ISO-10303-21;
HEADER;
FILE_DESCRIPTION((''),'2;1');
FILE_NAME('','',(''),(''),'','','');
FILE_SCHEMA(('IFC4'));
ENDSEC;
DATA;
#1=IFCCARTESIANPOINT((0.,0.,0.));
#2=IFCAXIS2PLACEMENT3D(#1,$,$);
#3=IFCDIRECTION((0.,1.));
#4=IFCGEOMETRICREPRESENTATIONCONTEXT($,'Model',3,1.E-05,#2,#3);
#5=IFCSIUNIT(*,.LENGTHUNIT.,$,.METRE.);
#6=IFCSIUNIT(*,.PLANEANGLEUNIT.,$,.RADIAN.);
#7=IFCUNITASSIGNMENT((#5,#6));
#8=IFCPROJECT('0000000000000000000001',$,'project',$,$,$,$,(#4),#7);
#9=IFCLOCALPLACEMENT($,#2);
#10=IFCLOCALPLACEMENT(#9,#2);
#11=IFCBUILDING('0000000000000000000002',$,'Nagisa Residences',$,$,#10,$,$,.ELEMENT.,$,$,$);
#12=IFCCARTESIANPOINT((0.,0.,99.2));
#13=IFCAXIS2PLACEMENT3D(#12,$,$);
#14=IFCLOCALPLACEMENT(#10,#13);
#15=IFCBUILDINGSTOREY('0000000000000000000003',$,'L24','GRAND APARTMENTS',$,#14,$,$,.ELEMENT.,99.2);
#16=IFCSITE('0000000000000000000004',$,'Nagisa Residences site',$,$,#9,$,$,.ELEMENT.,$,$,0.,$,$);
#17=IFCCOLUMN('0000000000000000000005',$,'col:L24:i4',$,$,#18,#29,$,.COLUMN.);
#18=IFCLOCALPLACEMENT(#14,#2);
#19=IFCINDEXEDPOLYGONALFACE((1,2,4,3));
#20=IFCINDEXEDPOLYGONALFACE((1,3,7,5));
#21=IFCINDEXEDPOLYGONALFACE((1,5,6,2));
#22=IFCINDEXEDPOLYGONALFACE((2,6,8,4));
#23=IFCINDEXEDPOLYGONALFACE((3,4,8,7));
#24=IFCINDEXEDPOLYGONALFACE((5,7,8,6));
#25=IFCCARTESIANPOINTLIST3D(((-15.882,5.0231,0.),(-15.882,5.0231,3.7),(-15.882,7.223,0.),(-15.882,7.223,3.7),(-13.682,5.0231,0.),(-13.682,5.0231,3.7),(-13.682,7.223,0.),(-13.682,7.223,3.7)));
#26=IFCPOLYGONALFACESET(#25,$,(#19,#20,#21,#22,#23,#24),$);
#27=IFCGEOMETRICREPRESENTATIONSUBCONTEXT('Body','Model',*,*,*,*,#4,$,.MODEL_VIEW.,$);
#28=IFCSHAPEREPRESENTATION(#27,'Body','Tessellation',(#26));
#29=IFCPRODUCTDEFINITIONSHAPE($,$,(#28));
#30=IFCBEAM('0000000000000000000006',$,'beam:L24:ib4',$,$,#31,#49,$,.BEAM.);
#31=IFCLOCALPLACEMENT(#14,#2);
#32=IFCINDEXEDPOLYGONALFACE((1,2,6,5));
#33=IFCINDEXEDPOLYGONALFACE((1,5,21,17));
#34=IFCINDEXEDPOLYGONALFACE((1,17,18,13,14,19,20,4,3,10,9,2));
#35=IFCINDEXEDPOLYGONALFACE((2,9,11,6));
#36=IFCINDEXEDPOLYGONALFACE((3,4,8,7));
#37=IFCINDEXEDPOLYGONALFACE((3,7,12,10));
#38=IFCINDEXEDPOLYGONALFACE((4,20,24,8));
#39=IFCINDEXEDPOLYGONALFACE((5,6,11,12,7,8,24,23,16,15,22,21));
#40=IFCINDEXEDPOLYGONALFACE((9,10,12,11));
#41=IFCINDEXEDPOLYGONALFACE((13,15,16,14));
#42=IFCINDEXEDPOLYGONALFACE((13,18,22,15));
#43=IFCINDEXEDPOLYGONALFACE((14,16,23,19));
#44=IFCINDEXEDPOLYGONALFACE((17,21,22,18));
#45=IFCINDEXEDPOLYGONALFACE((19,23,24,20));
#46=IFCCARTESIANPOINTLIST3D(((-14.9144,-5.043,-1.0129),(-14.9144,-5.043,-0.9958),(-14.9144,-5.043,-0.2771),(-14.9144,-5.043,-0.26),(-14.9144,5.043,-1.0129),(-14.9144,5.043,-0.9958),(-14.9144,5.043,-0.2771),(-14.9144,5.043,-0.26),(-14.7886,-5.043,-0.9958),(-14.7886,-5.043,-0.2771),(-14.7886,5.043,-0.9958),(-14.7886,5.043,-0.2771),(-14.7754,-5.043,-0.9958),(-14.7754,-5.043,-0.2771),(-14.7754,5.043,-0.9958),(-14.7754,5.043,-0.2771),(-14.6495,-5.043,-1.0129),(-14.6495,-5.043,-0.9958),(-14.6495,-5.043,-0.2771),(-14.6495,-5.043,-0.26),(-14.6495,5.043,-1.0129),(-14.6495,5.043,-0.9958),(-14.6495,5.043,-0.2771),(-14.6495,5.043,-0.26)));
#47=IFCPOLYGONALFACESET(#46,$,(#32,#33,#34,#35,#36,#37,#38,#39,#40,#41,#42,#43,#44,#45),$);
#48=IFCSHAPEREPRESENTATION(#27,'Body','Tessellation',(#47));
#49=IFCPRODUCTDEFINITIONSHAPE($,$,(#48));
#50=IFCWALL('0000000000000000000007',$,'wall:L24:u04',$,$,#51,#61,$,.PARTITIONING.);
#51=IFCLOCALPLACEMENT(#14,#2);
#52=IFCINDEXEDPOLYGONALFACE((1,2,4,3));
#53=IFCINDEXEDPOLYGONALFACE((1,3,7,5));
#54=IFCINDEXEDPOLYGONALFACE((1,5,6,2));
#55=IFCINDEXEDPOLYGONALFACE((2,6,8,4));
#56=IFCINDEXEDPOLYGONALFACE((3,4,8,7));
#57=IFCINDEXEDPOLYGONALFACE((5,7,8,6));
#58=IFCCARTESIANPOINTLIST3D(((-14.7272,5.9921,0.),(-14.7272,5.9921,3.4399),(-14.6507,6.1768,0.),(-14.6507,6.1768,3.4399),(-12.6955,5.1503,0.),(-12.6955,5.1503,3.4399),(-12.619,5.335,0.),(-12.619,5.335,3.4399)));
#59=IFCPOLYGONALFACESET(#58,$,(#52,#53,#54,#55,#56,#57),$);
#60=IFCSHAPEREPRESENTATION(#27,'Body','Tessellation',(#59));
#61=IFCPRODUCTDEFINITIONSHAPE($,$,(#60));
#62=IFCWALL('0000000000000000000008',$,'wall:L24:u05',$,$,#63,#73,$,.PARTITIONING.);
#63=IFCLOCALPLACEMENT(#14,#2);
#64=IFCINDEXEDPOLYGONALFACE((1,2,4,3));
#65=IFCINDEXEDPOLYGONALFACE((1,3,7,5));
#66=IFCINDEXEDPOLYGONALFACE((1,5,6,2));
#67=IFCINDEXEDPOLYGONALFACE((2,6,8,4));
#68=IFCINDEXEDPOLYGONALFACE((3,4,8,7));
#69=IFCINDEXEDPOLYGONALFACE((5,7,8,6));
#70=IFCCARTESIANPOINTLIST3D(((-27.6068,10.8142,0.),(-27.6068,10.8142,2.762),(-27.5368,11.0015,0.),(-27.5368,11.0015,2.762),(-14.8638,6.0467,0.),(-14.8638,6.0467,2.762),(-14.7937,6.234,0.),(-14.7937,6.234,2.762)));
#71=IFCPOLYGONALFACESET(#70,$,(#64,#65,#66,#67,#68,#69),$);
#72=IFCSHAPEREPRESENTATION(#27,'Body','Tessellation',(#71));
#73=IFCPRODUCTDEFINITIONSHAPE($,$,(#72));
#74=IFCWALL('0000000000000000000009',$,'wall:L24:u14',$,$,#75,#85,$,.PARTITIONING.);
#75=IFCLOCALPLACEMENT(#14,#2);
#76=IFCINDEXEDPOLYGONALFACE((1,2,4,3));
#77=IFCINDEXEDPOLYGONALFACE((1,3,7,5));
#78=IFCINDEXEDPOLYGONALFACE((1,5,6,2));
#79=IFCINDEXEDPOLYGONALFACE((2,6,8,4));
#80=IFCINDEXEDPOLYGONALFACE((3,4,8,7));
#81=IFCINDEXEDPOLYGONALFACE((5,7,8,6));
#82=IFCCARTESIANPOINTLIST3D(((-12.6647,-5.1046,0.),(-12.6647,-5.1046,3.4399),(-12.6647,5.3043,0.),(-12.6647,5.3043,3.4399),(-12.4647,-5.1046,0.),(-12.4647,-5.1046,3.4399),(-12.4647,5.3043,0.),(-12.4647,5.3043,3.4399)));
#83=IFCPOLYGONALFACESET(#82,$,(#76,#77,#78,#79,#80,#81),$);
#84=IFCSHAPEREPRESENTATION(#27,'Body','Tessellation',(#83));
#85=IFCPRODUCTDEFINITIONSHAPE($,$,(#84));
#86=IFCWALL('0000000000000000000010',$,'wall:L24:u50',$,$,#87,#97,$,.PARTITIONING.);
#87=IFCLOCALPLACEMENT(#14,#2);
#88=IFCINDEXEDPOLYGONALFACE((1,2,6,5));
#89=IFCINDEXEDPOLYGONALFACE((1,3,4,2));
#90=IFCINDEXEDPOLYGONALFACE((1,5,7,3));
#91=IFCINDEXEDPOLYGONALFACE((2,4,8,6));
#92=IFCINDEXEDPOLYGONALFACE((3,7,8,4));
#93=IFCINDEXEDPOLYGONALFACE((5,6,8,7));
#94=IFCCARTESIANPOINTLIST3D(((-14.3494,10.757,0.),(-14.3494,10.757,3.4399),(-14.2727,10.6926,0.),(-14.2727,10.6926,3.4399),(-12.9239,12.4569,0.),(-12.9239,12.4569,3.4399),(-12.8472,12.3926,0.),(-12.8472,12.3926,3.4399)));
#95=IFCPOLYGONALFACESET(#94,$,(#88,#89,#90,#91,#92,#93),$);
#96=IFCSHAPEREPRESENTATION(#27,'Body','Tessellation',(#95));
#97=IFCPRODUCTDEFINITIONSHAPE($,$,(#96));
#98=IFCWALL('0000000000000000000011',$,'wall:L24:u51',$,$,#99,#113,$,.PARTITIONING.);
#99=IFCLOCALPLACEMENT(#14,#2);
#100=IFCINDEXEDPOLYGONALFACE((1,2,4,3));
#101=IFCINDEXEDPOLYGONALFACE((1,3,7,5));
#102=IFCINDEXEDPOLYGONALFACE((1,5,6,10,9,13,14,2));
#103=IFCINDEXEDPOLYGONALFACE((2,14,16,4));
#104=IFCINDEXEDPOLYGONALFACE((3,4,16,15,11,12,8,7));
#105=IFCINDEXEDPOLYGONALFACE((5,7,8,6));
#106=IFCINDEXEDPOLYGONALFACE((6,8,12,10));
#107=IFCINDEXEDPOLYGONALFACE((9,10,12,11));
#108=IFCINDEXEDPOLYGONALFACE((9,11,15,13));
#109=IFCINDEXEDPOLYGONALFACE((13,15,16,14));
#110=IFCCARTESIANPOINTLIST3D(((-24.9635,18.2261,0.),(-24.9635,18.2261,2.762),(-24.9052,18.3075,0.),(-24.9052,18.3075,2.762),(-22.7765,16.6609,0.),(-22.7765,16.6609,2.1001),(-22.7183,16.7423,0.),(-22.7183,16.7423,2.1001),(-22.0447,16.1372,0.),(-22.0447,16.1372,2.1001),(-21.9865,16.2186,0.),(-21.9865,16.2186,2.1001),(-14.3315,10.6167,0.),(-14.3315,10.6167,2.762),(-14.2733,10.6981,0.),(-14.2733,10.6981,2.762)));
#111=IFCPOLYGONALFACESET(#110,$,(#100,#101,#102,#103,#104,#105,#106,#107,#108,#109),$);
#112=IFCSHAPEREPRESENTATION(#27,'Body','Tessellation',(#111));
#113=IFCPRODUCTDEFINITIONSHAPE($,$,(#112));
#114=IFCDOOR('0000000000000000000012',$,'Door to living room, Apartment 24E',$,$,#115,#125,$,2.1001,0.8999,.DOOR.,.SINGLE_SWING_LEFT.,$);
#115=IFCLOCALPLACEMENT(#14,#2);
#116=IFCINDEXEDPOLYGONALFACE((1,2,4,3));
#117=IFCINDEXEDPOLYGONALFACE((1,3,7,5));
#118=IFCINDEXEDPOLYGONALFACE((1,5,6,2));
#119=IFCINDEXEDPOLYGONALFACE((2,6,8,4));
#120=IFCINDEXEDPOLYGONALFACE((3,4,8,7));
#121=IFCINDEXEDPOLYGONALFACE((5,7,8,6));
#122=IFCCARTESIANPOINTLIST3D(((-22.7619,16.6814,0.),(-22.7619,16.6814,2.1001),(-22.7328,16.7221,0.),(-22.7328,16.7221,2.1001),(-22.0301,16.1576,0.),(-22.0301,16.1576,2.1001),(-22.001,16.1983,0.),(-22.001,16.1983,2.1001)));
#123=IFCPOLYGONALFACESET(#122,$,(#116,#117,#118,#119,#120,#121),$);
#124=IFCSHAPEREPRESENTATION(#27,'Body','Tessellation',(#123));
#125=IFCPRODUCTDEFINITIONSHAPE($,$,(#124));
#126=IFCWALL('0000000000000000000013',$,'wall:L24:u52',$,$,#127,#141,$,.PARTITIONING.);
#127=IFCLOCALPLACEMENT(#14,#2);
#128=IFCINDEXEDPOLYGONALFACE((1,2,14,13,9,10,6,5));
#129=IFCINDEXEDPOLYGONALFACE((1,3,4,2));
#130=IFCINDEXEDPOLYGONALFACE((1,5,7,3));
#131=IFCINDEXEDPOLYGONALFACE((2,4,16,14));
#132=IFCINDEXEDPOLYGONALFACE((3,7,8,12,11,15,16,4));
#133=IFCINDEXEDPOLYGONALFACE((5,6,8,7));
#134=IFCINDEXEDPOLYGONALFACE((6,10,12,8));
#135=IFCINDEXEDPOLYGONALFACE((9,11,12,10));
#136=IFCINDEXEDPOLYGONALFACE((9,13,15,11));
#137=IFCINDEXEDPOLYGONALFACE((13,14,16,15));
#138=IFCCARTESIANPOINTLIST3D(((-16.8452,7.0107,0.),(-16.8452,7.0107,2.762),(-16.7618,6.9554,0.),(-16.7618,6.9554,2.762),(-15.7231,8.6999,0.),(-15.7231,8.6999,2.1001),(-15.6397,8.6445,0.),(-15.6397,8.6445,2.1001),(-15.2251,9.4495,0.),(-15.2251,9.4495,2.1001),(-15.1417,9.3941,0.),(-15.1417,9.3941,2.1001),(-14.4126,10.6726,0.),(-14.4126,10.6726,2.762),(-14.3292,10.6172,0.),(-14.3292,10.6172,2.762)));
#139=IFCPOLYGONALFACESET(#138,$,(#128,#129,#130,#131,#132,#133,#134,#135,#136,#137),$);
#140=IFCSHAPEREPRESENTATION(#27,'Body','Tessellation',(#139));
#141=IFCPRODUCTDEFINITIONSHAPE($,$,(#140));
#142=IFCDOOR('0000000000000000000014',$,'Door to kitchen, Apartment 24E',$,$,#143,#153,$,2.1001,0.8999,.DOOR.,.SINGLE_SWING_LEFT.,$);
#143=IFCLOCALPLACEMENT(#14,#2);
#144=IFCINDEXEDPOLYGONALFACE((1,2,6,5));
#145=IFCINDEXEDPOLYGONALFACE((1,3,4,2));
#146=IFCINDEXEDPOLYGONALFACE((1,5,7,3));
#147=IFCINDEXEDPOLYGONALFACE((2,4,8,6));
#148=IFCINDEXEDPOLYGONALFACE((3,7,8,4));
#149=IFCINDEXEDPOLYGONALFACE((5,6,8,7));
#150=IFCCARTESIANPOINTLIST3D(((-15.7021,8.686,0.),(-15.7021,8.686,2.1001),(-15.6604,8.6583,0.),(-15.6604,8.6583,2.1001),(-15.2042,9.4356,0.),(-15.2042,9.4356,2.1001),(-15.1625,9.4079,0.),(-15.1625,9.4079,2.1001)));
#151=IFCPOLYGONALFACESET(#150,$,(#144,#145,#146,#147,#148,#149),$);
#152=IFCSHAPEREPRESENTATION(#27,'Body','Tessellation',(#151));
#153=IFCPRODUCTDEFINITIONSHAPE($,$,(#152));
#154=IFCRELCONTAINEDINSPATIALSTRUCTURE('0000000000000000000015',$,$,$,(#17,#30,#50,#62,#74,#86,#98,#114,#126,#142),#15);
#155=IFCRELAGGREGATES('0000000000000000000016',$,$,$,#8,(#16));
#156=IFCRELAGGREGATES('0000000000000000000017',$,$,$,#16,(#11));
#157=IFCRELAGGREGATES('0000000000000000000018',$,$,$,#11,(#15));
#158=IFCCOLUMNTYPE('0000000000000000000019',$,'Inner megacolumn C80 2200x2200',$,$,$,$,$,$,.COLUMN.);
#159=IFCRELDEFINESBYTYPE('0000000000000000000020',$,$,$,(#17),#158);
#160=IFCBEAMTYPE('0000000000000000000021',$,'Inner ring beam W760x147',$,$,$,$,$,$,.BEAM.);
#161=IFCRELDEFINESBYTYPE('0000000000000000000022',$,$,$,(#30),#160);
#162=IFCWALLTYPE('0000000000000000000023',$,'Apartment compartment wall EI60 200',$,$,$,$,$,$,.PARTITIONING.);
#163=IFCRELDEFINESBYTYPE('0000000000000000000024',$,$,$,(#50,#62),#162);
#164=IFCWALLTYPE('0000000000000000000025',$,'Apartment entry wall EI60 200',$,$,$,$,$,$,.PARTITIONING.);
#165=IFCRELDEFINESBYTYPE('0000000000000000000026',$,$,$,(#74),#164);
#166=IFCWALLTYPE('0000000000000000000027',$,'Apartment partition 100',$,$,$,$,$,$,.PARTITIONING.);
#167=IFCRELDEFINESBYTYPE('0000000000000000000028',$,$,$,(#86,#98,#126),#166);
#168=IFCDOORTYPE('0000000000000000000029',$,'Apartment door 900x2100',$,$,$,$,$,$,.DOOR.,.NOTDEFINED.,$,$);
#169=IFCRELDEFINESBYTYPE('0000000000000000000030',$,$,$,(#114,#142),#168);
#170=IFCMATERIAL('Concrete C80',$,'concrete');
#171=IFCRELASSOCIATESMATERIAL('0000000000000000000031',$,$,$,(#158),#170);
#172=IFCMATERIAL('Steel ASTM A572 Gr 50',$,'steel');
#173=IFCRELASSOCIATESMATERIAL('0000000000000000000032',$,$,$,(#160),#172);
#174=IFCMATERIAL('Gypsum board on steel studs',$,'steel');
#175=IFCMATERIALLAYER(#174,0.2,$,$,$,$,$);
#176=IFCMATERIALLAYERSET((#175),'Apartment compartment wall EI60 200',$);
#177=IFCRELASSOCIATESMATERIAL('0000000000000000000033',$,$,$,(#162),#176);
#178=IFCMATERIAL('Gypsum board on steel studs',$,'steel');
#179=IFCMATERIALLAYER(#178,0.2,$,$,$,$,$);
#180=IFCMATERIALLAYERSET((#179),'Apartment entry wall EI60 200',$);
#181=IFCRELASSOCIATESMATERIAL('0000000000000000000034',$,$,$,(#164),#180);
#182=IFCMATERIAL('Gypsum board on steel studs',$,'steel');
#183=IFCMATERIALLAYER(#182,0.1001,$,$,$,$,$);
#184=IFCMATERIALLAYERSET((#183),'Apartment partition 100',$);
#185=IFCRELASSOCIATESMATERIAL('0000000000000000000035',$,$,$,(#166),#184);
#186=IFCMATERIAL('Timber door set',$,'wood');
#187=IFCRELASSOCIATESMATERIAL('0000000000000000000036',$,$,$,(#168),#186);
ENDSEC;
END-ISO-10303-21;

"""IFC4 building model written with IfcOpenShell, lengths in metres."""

from ifc_helpers import new_model, si_unit, direction, frame, frame_2d, origin, origin_2d, place, context, subcontext, project, spatial, rectangle, i_section, extrude, material, layer, layer_set, material_profile, profile_set, type_object, element, fill, save


model = new_model("IFC4")

# Units and contexts
model_context = context("Model", 3, precision=1e-05, world=origin(), true_north=direction((0.0, 1.0)))
body_context = subcontext(model_context, "Body", "Model", "MODEL_VIEW")
ifc_project = project(units=[si_unit("LENGTHUNIT", "METRE"), si_unit("PLANEANGLEUNIT", "RADIAN")], contexts=[model_context])

# Site, building, storey
site_placement = place(None, origin())
site = spatial("IfcSite", under=ifc_project, at=site_placement, Name="Nagisa Residences site", CompositionType="ELEMENT", RefElevation=0.0)
building_placement = place(site_placement, origin())
building = spatial("IfcBuilding", under=site, at=building_placement, Name="Nagisa Residences", CompositionType="ELEMENT")
storey_placement = place(building_placement, frame((0.0, 0.0, 99.2)))
storey = spatial("IfcBuildingStorey", under=building, at=storey_placement, Name="L24", Description="GRAND APARTMENTS", CompositionType="ELEMENT", Elevation=99.2)

# Column
ifc_material_1 = material(Name="Concrete C80", Category="concrete")
ifc_material_profile_1 = material_profile(ifc_material_1, rectangle(XDim=2.2, YDim=2.2, at=origin_2d()), Name="C80 2200x2200")
ifc_profile_set_1 = profile_set([ifc_material_profile_1], Name="Concrete C80")
column_type = type_object("IfcColumnType", Name="Inner megacolumn C80 2200x2200", PredefinedType="COLUMN", material=ifc_profile_set_1)
column_placement = place(storey_placement, frame((-14.782, 6.123, 0.0), z_axis=(0.0, 0.0, 1.0), x_axis=(1.0, 0.0, 0.0)))
element("IfcColumn", 1, at=column_placement, inside=storey, type_object=column_type, Name="col:L24:i4", PredefinedType="COLUMN", context=body_context, shape_type="SweptSolid", body=[
    extrude(rectangle(XDim=2.2, YDim=2.2, at=origin_2d()), origin(), (0.0, 0.0, 1.0), 3.7),
])

# Beam
ifc_material_2 = material(Name="Steel ASTM A572 Gr 50", Category="steel")
ifc_material_profile_2 = material_profile(ifc_material_2, i_section(OverallWidth=0.2649, OverallDepth=0.7529, WebThickness=0.0132, FlangeThickness=0.0171, at=origin_2d()), Name="W760x147")
ifc_profile_set_2 = profile_set([ifc_material_profile_2], Name="Steel ASTM A572 Gr 50")
beam_type = type_object("IfcBeamType", Name="Inner ring beam W760x147", PredefinedType="BEAM", material=ifc_profile_set_2)
beam_placement = place(storey_placement, frame((-14.782, 5.043, -0.6365), z_axis=(0.0, -1.0, 0.0), x_axis=(1.0, 0.0, 0.0)))
element("IfcBeam", 2, at=beam_placement, inside=storey, type_object=beam_type, Name="beam:L24:ib4", PredefinedType="BEAM", context=body_context, shape_type="SweptSolid", body=[
    extrude(i_section(OverallWidth=0.2649, OverallDepth=0.7529, WebThickness=0.0132, FlangeThickness=0.0171, at=origin_2d()), origin(), (0.0, 0.0, 1.0), 10.0859),
])

# Walls
ifc_material_3 = material(Name="Gypsum board on steel studs", Category="steel")
ifc_layer_1 = layer(ifc_material_3, 0.2)
ifc_layer_set_1 = layer_set([ifc_layer_1], Name="Apartment compartment wall EI60 200")
wall_type_1 = type_object("IfcWallType", Name="Apartment compartment wall EI60 200", PredefinedType="PARTITIONING", material=ifc_layer_set_1)
wall_1_placement = place(storey_placement, frame((-12.6572, 5.2427, 0.0), z_axis=(0.0, 0.0, 1.0), x_axis=(-0.923844, 0.38277, 0.0)))
element("IfcWall", 3, at=wall_1_placement, inside=storey, type_object=wall_type_1, Name="wall:L24:u04", PredefinedType="PARTITIONING", context=body_context, shape_type="SweptSolid", body=[
    extrude(rectangle(XDim=2.1992, YDim=0.2, at=frame_2d((1.0996, 0.0))), origin(), (0.0, 0.0, 1.0), 3.4399),
])
wall_2_placement = place(storey_placement, frame((-14.8289, 6.1404, 0.0), z_axis=(0.0, 0.0, 1.0), x_axis=(-0.936597, 0.350408, 0.0)))
element("IfcWall", 4, at=wall_2_placement, inside=storey, type_object=wall_type_1, Name="wall:L24:u05", PredefinedType="PARTITIONING", context=body_context, shape_type="SweptSolid", body=[
    extrude(rectangle(XDim=13.6057, YDim=0.2, at=frame_2d((6.8027, 0.0))), origin(), (0.0, 0.0, 1.0), 2.762),
])
ifc_material_4 = material(Name="Gypsum board on steel studs", Category="steel")
ifc_layer_2 = layer(ifc_material_4, 0.2)
ifc_layer_set_2 = layer_set([ifc_layer_2], Name="Apartment entry wall EI60 200")
wall_type_2 = type_object("IfcWallType", Name="Apartment entry wall EI60 200", PredefinedType="PARTITIONING", material=ifc_layer_set_2)
wall_3_placement = place(storey_placement, frame((-12.5647, 5.3044, 0.0), z_axis=(0.0, 0.0, 1.0), x_axis=(0.0, -1.0, 0.0)))
element("IfcWall", 5, at=wall_3_placement, inside=storey, type_object=wall_type_2, Name="wall:L24:u14", PredefinedType="PARTITIONING", context=body_context, shape_type="SweptSolid", body=[
    extrude(rectangle(XDim=10.4089, YDim=0.2, at=frame_2d((5.2046, 0.0))), origin(), (0.0, 0.0, 1.0), 3.4399),
])
ifc_material_5 = material(Name="Gypsum board on steel studs", Category="steel")
ifc_layer_3 = layer(ifc_material_5, 0.1001)
ifc_layer_set_3 = layer_set([ifc_layer_3], Name="Apartment partition 100")
wall_type_3 = type_object("IfcWallType", Name="Apartment partition 100", PredefinedType="PARTITIONING", material=ifc_layer_set_3)
wall_4_placement = place(storey_placement, frame((-12.8855, 12.4248, 0.0), z_axis=(0.0, 0.0, 1.0), x_axis=(-0.642552, -0.766242, 0.0)))
element("IfcWall", 6, at=wall_4_placement, inside=storey, type_object=wall_type_3, Name="wall:L24:u50", PredefinedType="PARTITIONING", context=body_context, shape_type="SweptSolid", body=[
    extrude(rectangle(XDim=2.2185, YDim=0.1001, at=frame_2d((1.1094, 0.0))), origin(), (0.0, 0.0, 1.0), 3.4399),
])

# Walls, openings, doors
wall_5_placement = place(storey_placement, frame((-14.3025, 10.6575, 0.0), z_axis=(0.0, 0.0, 1.0), x_axis=(-0.813183, 0.582008, 0.0)))
wall_5 = element("IfcWall", 7, at=wall_5_placement, inside=storey, type_object=wall_type_3, Name="wall:L24:u51", PredefinedType="PARTITIONING", context=body_context, shape_type="SweptSolid", body=[
    extrude(rectangle(XDim=13.0745, YDim=0.1001, at=frame_2d((6.5371, 0.0))), origin(), (0.0, 0.0, 1.0), 2.762),
])
opening_1_placement = place(wall_5_placement, frame((9.4851, 0.0, 0.0)))
opening_1 = element("IfcOpeningElement", 8, at=opening_1_placement, cuts=wall_5, PredefinedType="OPENING", context=body_context, shape_type="SweptSolid", body=[
    extrude(rectangle(XDim=0.8999, YDim=2.1001, at=frame_2d((0.45, 1.05))), frame((0.0, 0.0601, 0.0), z_axis=(0.0, -1.0, 0.0), x_axis=(1.0, 0.0, 0.0)), (0.0, 0.0, 1.0), 0.1201),
])
ifc_material_6 = material(Name="Timber door set", Category="wood")
door_type_1 = type_object("IfcDoorType", Name="Apartment door 900x2100", OperationType="NOTDEFINED", PredefinedType="DOOR", material=ifc_material_6)
door_1_placement = place(opening_1_placement, origin())
door_1 = element("IfcDoor", 9, at=door_1_placement, inside=storey, type_object=door_type_1, Name="Door to living room, Apartment 24E", OperationType="SINGLE_SWING_LEFT", OverallHeight=2.1001, OverallWidth=0.8999, PredefinedType="DOOR", context=body_context, shape_type="SweptSolid", body=[
    extrude(rectangle(XDim=0.8999, YDim=2.1001, at=frame_2d((0.45, 1.05))), frame((0.0, 0.0249, 0.0), z_axis=(0.0, -1.0, 0.0), x_axis=(1.0, 0.0, 0.0)), (0.0, 0.0, 1.0), 0.05),
])
fill(opening_1, door_1)
wall_6_placement = place(storey_placement, frame((-14.3708, 10.645, 0.0), z_axis=(0.0, 0.0, 1.0), x_axis=(-0.553341, -0.832955, 0.0)))
wall_6 = element("IfcWall", 10, at=wall_6_placement, inside=storey, type_object=wall_type_3, Name="wall:L24:u52", PredefinedType="PARTITIONING", context=body_context, shape_type="SweptSolid", body=[
    extrude(rectangle(XDim=4.3962, YDim=0.1001, at=frame_2d((2.1982, 0.0))), origin(), (0.0, 0.0, 1.0), 2.762),
])
opening_2_placement = place(wall_6_placement, frame((1.4685, 0.0, 0.0)))
opening_2 = element("IfcOpeningElement", 11, at=opening_2_placement, cuts=wall_6, PredefinedType="OPENING", context=body_context, shape_type="SweptSolid", body=[
    extrude(rectangle(XDim=0.8999, YDim=2.1001, at=frame_2d((0.45, 1.05))), frame((0.0, 0.0601, 0.0), z_axis=(0.0, -1.0, 0.0), x_axis=(1.0, 0.0, 0.0)), (0.0, 0.0, 1.0), 0.1201),
])
door_2_placement = place(opening_2_placement, frame((0.8999, 0.0, 0.0), x_axis=(-1.0, 0.0, 0.0)))
door_2 = element("IfcDoor", 12, at=door_2_placement, inside=storey, type_object=door_type_1, Name="Door to kitchen, Apartment 24E", OperationType="SINGLE_SWING_LEFT", OverallHeight=2.1001, OverallWidth=0.8999, PredefinedType="DOOR", context=body_context, shape_type="SweptSolid", body=[
    extrude(rectangle(XDim=0.8999, YDim=2.1001, at=frame_2d((0.45, 1.05))), frame((0.0, 0.0249, 0.0), z_axis=(0.0, -1.0, 0.0), x_axis=(1.0, 0.0, 0.0)), (0.0, 0.0, 1.0), 0.05),
])
fill(opening_2, door_2)

save(model, "model.ifc")
